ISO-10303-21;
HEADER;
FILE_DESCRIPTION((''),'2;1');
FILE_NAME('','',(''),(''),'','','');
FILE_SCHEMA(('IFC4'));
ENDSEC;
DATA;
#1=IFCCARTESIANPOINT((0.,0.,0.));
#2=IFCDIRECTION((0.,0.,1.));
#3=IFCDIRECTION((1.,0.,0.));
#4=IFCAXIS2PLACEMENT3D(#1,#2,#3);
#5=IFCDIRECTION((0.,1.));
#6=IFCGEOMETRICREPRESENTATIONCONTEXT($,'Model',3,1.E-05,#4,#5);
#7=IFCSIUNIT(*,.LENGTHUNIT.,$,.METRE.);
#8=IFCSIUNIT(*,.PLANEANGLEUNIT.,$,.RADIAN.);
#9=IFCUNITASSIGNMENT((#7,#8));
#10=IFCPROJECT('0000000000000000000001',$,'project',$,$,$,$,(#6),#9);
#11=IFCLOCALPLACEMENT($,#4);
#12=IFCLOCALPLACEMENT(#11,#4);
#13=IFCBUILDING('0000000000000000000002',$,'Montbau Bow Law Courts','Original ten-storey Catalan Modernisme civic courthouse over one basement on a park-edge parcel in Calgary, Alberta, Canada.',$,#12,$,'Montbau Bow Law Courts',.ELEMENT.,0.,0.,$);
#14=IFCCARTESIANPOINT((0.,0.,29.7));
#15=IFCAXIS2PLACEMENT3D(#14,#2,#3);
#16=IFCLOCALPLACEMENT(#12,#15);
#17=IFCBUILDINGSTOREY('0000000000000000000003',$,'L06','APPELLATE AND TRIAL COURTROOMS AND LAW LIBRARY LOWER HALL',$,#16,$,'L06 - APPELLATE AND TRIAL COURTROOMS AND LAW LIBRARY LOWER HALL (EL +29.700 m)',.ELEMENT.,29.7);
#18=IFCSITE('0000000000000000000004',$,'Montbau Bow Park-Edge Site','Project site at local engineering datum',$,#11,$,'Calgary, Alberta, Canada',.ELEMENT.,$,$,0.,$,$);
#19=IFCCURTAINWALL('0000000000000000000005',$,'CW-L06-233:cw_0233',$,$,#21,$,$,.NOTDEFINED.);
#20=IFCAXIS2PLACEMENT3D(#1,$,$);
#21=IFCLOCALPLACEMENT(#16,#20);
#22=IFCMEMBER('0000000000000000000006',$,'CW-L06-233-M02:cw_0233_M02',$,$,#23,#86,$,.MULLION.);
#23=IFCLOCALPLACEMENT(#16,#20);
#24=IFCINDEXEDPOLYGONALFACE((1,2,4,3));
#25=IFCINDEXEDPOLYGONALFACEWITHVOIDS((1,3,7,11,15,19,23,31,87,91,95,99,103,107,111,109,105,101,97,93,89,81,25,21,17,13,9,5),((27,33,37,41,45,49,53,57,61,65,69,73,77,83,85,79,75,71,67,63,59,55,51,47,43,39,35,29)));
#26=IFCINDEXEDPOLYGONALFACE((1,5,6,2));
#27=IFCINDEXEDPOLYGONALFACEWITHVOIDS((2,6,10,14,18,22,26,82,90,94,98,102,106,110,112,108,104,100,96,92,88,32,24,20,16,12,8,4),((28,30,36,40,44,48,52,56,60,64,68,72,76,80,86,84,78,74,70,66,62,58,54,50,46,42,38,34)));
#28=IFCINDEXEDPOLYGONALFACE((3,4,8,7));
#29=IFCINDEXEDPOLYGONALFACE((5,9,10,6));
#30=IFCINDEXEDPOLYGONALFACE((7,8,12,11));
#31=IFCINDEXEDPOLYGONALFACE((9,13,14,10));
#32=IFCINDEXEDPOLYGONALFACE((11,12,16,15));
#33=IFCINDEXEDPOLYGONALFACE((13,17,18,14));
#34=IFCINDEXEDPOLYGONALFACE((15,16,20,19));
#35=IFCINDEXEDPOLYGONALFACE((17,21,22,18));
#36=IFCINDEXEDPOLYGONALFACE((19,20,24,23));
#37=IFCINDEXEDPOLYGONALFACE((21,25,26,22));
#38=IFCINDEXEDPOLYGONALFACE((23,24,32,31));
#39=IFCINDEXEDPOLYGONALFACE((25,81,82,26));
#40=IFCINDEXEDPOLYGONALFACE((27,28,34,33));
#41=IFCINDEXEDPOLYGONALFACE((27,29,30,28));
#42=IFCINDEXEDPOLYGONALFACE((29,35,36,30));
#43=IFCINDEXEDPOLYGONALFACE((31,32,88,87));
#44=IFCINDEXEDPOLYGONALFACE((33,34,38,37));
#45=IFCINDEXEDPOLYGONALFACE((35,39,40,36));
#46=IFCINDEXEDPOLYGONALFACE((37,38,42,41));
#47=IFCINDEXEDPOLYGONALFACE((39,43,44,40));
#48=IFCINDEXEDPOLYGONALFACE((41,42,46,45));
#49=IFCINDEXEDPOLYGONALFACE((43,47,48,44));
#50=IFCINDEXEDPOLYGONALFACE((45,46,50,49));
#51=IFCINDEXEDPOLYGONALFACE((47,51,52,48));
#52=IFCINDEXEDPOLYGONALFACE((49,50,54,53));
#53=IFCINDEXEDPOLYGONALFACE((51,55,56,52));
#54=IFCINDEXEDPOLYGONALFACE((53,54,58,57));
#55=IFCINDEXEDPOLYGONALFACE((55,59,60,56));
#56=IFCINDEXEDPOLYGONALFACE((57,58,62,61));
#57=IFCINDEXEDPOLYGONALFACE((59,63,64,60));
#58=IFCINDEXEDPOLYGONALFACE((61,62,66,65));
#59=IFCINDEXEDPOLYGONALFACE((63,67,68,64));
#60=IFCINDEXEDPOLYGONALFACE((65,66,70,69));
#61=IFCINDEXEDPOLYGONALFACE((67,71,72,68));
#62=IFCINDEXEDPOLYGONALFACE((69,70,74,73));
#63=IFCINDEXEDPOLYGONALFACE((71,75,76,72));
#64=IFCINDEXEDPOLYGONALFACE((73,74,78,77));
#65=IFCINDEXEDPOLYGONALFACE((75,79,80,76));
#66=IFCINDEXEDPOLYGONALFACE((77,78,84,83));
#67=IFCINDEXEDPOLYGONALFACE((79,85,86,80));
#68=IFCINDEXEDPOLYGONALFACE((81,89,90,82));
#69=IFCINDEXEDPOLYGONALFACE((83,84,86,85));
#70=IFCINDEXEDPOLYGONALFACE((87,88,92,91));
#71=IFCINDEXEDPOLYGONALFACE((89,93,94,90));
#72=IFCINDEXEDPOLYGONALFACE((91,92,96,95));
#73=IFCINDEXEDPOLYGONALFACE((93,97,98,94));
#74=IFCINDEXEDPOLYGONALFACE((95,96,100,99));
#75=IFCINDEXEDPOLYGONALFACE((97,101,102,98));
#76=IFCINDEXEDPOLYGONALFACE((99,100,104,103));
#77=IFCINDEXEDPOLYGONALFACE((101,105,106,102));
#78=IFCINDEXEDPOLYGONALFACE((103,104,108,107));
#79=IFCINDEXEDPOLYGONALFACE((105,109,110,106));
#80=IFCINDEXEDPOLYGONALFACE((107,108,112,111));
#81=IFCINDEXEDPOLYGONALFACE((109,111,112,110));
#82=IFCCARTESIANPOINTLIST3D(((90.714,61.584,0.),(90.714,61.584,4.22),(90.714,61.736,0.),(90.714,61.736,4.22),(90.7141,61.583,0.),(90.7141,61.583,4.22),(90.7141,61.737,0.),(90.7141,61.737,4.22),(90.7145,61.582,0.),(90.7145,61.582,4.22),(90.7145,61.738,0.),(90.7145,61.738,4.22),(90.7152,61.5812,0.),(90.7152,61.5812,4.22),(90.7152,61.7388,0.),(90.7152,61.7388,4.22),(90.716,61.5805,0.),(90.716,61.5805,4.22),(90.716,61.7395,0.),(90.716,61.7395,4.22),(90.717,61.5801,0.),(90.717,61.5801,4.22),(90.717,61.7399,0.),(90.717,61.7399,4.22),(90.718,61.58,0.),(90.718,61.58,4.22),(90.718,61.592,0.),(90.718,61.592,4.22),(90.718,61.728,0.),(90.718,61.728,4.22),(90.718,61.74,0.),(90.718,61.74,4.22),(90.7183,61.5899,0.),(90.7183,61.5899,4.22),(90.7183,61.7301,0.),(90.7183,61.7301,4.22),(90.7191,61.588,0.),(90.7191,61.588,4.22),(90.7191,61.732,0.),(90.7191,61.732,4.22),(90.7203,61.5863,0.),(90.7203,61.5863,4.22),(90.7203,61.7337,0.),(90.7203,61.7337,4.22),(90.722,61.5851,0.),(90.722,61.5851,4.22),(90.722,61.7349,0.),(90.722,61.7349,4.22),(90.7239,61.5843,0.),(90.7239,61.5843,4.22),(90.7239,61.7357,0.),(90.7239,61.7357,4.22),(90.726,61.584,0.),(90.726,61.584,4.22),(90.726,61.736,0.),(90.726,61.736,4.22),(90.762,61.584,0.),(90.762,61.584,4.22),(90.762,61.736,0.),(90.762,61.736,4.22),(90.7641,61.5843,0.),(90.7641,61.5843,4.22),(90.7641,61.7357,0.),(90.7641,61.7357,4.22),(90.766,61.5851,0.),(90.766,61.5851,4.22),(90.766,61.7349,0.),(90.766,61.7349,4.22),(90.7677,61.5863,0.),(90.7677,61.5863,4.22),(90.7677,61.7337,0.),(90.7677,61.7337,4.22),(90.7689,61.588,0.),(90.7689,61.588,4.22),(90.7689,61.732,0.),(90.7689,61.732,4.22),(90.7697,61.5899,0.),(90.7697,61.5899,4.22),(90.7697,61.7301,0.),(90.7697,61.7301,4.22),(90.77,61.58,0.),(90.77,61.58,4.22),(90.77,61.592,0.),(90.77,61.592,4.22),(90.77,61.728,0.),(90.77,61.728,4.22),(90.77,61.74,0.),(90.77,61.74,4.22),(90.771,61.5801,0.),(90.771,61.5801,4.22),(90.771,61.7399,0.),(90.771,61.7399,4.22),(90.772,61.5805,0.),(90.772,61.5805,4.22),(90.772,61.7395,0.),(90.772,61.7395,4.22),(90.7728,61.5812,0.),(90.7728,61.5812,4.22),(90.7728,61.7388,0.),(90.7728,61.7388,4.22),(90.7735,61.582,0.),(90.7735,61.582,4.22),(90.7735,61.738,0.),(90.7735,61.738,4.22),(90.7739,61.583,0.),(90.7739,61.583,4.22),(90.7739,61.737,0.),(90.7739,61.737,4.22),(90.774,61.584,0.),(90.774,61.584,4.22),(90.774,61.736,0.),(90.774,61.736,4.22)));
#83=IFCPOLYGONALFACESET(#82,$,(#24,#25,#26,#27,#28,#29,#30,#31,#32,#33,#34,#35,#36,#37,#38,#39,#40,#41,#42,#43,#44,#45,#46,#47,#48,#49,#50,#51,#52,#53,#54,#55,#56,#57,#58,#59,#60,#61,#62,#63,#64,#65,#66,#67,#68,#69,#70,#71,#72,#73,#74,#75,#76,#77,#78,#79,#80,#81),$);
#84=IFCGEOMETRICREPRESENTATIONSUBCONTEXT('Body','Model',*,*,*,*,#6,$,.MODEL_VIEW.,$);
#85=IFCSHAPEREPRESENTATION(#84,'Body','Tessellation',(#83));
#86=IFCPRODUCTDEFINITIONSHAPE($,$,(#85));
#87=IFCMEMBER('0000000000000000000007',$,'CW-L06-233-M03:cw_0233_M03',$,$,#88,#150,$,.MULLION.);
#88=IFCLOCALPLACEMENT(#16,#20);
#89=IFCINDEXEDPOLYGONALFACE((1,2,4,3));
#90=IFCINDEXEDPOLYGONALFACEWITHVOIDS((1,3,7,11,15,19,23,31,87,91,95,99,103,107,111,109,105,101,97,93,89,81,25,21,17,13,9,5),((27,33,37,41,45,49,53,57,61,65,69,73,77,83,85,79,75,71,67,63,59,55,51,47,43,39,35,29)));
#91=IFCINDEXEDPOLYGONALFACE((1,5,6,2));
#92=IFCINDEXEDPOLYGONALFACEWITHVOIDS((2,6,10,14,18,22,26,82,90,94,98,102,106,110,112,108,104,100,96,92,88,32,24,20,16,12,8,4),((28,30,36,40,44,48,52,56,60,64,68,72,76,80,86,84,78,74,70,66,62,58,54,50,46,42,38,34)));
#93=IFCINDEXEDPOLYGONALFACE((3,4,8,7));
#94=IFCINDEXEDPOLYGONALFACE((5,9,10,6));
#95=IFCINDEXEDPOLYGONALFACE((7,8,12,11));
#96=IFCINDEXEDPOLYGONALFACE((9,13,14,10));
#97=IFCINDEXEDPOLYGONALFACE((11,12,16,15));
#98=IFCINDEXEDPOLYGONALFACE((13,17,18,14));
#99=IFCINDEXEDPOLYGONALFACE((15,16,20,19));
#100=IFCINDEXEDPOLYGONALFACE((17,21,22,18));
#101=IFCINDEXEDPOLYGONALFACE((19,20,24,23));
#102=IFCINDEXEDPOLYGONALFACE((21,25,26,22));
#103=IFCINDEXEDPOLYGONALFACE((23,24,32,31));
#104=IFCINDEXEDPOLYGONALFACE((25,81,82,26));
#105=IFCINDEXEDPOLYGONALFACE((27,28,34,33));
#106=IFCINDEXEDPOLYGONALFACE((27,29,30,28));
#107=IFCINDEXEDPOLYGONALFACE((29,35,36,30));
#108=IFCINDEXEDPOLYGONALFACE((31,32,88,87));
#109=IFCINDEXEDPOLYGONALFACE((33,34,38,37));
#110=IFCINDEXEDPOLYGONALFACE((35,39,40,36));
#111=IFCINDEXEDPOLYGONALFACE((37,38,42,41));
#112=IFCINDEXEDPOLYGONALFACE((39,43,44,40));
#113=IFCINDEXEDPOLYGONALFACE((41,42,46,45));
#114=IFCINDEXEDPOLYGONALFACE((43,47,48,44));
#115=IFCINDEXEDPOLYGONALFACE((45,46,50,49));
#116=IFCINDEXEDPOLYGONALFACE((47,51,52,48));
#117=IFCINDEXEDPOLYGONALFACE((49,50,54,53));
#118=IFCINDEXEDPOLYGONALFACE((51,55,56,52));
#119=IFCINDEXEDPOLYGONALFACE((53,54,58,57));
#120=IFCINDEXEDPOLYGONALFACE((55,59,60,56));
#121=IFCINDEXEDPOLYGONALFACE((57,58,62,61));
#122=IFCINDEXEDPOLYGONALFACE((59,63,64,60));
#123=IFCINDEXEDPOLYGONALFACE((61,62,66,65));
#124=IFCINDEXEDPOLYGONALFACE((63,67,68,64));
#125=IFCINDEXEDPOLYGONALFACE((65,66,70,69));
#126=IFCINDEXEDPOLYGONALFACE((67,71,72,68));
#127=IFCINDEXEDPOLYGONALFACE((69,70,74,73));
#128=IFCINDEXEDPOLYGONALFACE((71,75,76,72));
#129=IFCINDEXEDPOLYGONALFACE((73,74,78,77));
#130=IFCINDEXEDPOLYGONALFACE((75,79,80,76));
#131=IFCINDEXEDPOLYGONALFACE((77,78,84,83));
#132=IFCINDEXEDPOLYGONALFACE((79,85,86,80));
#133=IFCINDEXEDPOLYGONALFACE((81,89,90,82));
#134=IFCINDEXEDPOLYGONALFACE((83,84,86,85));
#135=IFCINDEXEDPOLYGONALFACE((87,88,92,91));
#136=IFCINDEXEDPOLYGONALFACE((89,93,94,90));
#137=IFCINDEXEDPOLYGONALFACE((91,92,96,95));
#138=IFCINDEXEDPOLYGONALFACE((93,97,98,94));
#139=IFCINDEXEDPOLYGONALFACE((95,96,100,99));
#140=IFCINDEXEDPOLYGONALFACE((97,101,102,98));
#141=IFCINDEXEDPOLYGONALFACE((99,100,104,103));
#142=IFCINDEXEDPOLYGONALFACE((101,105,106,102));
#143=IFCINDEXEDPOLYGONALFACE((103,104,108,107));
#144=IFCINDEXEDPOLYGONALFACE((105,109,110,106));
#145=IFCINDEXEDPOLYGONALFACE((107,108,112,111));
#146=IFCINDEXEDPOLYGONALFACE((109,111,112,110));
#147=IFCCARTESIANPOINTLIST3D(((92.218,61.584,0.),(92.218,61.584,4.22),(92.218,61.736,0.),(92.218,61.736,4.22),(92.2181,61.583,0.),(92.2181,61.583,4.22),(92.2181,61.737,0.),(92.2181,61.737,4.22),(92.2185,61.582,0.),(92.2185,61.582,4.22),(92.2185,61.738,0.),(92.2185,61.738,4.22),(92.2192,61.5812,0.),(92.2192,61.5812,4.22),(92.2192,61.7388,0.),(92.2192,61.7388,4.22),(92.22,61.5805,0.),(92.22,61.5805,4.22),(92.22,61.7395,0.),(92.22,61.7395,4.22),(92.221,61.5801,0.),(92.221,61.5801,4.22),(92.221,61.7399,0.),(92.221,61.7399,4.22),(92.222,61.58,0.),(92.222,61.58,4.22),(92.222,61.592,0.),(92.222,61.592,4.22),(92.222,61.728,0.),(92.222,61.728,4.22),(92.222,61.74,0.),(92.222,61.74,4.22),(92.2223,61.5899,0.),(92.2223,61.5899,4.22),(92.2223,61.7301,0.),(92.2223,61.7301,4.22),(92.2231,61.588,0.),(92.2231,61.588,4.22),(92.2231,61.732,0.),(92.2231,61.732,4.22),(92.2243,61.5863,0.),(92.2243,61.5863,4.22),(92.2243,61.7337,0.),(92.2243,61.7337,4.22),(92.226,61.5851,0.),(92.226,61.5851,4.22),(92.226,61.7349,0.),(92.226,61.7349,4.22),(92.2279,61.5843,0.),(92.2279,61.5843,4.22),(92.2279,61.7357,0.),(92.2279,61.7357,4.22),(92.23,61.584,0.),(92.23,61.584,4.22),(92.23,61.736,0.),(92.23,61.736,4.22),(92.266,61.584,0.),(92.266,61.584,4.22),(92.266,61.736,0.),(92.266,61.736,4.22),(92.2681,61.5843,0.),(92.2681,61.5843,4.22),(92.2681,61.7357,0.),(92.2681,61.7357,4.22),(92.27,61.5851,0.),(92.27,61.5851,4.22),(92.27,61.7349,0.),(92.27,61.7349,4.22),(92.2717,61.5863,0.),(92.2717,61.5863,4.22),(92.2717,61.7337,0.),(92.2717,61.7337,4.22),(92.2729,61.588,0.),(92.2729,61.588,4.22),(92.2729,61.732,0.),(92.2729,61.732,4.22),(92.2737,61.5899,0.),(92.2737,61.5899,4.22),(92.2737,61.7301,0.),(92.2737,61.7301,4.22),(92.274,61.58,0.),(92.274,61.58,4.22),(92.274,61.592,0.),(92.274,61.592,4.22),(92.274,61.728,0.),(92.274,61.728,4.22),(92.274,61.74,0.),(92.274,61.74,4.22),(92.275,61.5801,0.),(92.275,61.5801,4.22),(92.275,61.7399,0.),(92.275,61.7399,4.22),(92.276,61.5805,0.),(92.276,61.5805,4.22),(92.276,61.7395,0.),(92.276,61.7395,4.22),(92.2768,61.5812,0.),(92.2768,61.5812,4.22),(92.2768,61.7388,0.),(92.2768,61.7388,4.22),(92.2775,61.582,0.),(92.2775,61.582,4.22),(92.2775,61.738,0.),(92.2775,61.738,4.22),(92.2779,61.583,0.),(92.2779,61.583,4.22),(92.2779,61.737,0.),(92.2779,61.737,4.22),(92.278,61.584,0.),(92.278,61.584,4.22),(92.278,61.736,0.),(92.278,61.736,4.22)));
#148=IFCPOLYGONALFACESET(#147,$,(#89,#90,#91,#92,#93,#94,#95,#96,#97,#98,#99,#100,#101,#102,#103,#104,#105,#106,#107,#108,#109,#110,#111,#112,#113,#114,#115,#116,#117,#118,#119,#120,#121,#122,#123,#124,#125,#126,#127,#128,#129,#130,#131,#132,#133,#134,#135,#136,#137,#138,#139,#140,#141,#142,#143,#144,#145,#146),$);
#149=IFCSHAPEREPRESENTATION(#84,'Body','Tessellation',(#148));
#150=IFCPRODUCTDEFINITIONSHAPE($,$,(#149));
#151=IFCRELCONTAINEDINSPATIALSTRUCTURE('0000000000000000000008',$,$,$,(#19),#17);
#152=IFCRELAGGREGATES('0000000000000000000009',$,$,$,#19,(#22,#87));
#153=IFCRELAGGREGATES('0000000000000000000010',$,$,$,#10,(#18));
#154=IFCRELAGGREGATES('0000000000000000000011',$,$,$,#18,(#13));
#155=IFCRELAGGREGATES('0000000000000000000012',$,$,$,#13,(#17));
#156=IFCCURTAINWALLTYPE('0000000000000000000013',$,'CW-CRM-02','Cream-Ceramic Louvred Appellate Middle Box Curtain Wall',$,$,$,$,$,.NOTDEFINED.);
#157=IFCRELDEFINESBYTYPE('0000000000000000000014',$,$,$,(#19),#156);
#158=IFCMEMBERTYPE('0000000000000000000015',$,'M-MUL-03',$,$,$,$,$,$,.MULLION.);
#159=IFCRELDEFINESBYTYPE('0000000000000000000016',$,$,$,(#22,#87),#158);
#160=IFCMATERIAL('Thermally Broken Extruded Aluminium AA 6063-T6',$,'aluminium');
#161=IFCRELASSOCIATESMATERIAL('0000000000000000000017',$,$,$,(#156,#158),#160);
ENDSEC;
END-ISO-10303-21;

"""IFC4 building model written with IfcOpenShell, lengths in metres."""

from ifc_helpers import new_model, si_unit, direction, frame, origin_with_axes, origin_2d_with_axis, place, context, subcontext, project, spatial, hollow_rectangle, extrude, material, material_profile, profile_set, type_object, element, aggregate, save


model = new_model("IFC4")

# Units and contexts
model_context = context("Model", 3, precision=1e-05, world=origin_with_axes(), true_north=direction((0.0, 1.0)))
body_context = subcontext(model_context, "Body", "Model", "MODEL_VIEW")
ifc_project = project(units=[si_unit("LENGTHUNIT", "METRE"), si_unit("PLANEANGLEUNIT", "RADIAN")], contexts=[model_context])

# Site, building, storey
site_placement = place(None, origin_with_axes())
site = spatial("IfcSite", under=ifc_project, at=site_placement, Name="Montbau Bow Park-Edge Site", Description="Project site at local engineering datum", LongName="Calgary, Alberta, Canada", CompositionType="ELEMENT", RefElevation=0.0)
building_placement = place(site_placement, origin_with_axes())
building = spatial("IfcBuilding", under=site, at=building_placement, Name="Montbau Bow Law Courts", Description="Original ten-storey Catalan Modernisme civic courthouse over one basement on a park-edge parcel in Calgary, Alberta, Canada.", LongName="Montbau Bow Law Courts", CompositionType="ELEMENT", ElevationOfRefHeight=0.0, ElevationOfTerrain=0.0)
storey_placement = place(building_placement, frame((0.0, 0.0, 29.7), z_axis=(0.0, 0.0, 1.0), x_axis=(1.0, 0.0, 0.0)))
storey = spatial("IfcBuildingStorey", under=building, at=storey_placement, Name="L06", Description="APPELLATE AND TRIAL COURTROOMS AND LAW LIBRARY LOWER HALL", LongName="L06 - APPELLATE AND TRIAL COURTROOMS AND LAW LIBRARY LOWER HALL (EL +29.700 m)", CompositionType="ELEMENT", Elevation=29.7)

# Curtain wall, members
ifc_material_1 = material(Name="Thermally Broken Extruded Aluminium AA 6063-T6", Category="aluminium")
curtain_wall_type = type_object("IfcCurtainWallType", Name="CW-CRM-02", Description="Cream-Ceramic Louvred Appellate Middle Box Curtain Wall", PredefinedType="NOTDEFINED", material=ifc_material_1)
curtain_wall_placement = place(None, frame((89.24, 61.66, 29.7), z_axis=(0.0, 0.0, 1.0), x_axis=(1.0, 0.0, 0.0)))
curtain_wall = element("IfcCurtainWall", 1, at=curtain_wall_placement, inside=storey, type_object=curtain_wall_type, Name="CW-L06-233:cw_0233", PredefinedType="NOTDEFINED")
ifc_material_profile_1 = material_profile(ifc_material_1, hollow_rectangle(XDim=0.06, YDim=0.16, WallThickness=0.004, InnerFilletRadius=0.008, OuterFilletRadius=0.004, at=origin_2d_with_axis()), Name="CWM-160X60", Category="Main", Priority=0)
ifc_profile_set_1 = profile_set([ifc_material_profile_1], Name="Thermally Broken Extruded Aluminium AA 6063-T6")
member_type_1 = type_object("IfcMemberType", Name="M-MUL-03", PredefinedType="MULLION", material=ifc_profile_set_1)
member_1_placement = place(None, frame((90.744, 61.66, 29.7), z_axis=(0.0, 0.0, 1.0), x_axis=(1.0, 0.0, 0.0)))
member_1 = element("IfcMember", 2, at=member_1_placement, type_object=member_type_1, Name="CW-L06-233-M02:cw_0233_M02", PredefinedType="MULLION", context=body_context, shape_type="SweptSolid", body=[
    extrude(hollow_rectangle(XDim=0.06, YDim=0.16, WallThickness=0.004, InnerFilletRadius=0.008, OuterFilletRadius=0.004, at=origin_2d_with_axis()), origin_with_axes(), (0.0, 0.0, 1.0), 4.22),
])
member_2_placement = place(None, frame((92.248, 61.66, 29.7), z_axis=(0.0, 0.0, 1.0), x_axis=(1.0, 0.0, 0.0)))
member_2 = element("IfcMember", 3, at=member_2_placement, type_object=member_type_1, Name="CW-L06-233-M03:cw_0233_M03", PredefinedType="MULLION", context=body_context, shape_type="SweptSolid", body=[
    extrude(hollow_rectangle(XDim=0.06, YDim=0.16, WallThickness=0.004, InnerFilletRadius=0.008, OuterFilletRadius=0.004, at=origin_2d_with_axis()), origin_with_axes(), (0.0, 0.0, 1.0), 4.22),
])
aggregate(curtain_wall, [member_1, member_2])

save(model, "model.ifc")
